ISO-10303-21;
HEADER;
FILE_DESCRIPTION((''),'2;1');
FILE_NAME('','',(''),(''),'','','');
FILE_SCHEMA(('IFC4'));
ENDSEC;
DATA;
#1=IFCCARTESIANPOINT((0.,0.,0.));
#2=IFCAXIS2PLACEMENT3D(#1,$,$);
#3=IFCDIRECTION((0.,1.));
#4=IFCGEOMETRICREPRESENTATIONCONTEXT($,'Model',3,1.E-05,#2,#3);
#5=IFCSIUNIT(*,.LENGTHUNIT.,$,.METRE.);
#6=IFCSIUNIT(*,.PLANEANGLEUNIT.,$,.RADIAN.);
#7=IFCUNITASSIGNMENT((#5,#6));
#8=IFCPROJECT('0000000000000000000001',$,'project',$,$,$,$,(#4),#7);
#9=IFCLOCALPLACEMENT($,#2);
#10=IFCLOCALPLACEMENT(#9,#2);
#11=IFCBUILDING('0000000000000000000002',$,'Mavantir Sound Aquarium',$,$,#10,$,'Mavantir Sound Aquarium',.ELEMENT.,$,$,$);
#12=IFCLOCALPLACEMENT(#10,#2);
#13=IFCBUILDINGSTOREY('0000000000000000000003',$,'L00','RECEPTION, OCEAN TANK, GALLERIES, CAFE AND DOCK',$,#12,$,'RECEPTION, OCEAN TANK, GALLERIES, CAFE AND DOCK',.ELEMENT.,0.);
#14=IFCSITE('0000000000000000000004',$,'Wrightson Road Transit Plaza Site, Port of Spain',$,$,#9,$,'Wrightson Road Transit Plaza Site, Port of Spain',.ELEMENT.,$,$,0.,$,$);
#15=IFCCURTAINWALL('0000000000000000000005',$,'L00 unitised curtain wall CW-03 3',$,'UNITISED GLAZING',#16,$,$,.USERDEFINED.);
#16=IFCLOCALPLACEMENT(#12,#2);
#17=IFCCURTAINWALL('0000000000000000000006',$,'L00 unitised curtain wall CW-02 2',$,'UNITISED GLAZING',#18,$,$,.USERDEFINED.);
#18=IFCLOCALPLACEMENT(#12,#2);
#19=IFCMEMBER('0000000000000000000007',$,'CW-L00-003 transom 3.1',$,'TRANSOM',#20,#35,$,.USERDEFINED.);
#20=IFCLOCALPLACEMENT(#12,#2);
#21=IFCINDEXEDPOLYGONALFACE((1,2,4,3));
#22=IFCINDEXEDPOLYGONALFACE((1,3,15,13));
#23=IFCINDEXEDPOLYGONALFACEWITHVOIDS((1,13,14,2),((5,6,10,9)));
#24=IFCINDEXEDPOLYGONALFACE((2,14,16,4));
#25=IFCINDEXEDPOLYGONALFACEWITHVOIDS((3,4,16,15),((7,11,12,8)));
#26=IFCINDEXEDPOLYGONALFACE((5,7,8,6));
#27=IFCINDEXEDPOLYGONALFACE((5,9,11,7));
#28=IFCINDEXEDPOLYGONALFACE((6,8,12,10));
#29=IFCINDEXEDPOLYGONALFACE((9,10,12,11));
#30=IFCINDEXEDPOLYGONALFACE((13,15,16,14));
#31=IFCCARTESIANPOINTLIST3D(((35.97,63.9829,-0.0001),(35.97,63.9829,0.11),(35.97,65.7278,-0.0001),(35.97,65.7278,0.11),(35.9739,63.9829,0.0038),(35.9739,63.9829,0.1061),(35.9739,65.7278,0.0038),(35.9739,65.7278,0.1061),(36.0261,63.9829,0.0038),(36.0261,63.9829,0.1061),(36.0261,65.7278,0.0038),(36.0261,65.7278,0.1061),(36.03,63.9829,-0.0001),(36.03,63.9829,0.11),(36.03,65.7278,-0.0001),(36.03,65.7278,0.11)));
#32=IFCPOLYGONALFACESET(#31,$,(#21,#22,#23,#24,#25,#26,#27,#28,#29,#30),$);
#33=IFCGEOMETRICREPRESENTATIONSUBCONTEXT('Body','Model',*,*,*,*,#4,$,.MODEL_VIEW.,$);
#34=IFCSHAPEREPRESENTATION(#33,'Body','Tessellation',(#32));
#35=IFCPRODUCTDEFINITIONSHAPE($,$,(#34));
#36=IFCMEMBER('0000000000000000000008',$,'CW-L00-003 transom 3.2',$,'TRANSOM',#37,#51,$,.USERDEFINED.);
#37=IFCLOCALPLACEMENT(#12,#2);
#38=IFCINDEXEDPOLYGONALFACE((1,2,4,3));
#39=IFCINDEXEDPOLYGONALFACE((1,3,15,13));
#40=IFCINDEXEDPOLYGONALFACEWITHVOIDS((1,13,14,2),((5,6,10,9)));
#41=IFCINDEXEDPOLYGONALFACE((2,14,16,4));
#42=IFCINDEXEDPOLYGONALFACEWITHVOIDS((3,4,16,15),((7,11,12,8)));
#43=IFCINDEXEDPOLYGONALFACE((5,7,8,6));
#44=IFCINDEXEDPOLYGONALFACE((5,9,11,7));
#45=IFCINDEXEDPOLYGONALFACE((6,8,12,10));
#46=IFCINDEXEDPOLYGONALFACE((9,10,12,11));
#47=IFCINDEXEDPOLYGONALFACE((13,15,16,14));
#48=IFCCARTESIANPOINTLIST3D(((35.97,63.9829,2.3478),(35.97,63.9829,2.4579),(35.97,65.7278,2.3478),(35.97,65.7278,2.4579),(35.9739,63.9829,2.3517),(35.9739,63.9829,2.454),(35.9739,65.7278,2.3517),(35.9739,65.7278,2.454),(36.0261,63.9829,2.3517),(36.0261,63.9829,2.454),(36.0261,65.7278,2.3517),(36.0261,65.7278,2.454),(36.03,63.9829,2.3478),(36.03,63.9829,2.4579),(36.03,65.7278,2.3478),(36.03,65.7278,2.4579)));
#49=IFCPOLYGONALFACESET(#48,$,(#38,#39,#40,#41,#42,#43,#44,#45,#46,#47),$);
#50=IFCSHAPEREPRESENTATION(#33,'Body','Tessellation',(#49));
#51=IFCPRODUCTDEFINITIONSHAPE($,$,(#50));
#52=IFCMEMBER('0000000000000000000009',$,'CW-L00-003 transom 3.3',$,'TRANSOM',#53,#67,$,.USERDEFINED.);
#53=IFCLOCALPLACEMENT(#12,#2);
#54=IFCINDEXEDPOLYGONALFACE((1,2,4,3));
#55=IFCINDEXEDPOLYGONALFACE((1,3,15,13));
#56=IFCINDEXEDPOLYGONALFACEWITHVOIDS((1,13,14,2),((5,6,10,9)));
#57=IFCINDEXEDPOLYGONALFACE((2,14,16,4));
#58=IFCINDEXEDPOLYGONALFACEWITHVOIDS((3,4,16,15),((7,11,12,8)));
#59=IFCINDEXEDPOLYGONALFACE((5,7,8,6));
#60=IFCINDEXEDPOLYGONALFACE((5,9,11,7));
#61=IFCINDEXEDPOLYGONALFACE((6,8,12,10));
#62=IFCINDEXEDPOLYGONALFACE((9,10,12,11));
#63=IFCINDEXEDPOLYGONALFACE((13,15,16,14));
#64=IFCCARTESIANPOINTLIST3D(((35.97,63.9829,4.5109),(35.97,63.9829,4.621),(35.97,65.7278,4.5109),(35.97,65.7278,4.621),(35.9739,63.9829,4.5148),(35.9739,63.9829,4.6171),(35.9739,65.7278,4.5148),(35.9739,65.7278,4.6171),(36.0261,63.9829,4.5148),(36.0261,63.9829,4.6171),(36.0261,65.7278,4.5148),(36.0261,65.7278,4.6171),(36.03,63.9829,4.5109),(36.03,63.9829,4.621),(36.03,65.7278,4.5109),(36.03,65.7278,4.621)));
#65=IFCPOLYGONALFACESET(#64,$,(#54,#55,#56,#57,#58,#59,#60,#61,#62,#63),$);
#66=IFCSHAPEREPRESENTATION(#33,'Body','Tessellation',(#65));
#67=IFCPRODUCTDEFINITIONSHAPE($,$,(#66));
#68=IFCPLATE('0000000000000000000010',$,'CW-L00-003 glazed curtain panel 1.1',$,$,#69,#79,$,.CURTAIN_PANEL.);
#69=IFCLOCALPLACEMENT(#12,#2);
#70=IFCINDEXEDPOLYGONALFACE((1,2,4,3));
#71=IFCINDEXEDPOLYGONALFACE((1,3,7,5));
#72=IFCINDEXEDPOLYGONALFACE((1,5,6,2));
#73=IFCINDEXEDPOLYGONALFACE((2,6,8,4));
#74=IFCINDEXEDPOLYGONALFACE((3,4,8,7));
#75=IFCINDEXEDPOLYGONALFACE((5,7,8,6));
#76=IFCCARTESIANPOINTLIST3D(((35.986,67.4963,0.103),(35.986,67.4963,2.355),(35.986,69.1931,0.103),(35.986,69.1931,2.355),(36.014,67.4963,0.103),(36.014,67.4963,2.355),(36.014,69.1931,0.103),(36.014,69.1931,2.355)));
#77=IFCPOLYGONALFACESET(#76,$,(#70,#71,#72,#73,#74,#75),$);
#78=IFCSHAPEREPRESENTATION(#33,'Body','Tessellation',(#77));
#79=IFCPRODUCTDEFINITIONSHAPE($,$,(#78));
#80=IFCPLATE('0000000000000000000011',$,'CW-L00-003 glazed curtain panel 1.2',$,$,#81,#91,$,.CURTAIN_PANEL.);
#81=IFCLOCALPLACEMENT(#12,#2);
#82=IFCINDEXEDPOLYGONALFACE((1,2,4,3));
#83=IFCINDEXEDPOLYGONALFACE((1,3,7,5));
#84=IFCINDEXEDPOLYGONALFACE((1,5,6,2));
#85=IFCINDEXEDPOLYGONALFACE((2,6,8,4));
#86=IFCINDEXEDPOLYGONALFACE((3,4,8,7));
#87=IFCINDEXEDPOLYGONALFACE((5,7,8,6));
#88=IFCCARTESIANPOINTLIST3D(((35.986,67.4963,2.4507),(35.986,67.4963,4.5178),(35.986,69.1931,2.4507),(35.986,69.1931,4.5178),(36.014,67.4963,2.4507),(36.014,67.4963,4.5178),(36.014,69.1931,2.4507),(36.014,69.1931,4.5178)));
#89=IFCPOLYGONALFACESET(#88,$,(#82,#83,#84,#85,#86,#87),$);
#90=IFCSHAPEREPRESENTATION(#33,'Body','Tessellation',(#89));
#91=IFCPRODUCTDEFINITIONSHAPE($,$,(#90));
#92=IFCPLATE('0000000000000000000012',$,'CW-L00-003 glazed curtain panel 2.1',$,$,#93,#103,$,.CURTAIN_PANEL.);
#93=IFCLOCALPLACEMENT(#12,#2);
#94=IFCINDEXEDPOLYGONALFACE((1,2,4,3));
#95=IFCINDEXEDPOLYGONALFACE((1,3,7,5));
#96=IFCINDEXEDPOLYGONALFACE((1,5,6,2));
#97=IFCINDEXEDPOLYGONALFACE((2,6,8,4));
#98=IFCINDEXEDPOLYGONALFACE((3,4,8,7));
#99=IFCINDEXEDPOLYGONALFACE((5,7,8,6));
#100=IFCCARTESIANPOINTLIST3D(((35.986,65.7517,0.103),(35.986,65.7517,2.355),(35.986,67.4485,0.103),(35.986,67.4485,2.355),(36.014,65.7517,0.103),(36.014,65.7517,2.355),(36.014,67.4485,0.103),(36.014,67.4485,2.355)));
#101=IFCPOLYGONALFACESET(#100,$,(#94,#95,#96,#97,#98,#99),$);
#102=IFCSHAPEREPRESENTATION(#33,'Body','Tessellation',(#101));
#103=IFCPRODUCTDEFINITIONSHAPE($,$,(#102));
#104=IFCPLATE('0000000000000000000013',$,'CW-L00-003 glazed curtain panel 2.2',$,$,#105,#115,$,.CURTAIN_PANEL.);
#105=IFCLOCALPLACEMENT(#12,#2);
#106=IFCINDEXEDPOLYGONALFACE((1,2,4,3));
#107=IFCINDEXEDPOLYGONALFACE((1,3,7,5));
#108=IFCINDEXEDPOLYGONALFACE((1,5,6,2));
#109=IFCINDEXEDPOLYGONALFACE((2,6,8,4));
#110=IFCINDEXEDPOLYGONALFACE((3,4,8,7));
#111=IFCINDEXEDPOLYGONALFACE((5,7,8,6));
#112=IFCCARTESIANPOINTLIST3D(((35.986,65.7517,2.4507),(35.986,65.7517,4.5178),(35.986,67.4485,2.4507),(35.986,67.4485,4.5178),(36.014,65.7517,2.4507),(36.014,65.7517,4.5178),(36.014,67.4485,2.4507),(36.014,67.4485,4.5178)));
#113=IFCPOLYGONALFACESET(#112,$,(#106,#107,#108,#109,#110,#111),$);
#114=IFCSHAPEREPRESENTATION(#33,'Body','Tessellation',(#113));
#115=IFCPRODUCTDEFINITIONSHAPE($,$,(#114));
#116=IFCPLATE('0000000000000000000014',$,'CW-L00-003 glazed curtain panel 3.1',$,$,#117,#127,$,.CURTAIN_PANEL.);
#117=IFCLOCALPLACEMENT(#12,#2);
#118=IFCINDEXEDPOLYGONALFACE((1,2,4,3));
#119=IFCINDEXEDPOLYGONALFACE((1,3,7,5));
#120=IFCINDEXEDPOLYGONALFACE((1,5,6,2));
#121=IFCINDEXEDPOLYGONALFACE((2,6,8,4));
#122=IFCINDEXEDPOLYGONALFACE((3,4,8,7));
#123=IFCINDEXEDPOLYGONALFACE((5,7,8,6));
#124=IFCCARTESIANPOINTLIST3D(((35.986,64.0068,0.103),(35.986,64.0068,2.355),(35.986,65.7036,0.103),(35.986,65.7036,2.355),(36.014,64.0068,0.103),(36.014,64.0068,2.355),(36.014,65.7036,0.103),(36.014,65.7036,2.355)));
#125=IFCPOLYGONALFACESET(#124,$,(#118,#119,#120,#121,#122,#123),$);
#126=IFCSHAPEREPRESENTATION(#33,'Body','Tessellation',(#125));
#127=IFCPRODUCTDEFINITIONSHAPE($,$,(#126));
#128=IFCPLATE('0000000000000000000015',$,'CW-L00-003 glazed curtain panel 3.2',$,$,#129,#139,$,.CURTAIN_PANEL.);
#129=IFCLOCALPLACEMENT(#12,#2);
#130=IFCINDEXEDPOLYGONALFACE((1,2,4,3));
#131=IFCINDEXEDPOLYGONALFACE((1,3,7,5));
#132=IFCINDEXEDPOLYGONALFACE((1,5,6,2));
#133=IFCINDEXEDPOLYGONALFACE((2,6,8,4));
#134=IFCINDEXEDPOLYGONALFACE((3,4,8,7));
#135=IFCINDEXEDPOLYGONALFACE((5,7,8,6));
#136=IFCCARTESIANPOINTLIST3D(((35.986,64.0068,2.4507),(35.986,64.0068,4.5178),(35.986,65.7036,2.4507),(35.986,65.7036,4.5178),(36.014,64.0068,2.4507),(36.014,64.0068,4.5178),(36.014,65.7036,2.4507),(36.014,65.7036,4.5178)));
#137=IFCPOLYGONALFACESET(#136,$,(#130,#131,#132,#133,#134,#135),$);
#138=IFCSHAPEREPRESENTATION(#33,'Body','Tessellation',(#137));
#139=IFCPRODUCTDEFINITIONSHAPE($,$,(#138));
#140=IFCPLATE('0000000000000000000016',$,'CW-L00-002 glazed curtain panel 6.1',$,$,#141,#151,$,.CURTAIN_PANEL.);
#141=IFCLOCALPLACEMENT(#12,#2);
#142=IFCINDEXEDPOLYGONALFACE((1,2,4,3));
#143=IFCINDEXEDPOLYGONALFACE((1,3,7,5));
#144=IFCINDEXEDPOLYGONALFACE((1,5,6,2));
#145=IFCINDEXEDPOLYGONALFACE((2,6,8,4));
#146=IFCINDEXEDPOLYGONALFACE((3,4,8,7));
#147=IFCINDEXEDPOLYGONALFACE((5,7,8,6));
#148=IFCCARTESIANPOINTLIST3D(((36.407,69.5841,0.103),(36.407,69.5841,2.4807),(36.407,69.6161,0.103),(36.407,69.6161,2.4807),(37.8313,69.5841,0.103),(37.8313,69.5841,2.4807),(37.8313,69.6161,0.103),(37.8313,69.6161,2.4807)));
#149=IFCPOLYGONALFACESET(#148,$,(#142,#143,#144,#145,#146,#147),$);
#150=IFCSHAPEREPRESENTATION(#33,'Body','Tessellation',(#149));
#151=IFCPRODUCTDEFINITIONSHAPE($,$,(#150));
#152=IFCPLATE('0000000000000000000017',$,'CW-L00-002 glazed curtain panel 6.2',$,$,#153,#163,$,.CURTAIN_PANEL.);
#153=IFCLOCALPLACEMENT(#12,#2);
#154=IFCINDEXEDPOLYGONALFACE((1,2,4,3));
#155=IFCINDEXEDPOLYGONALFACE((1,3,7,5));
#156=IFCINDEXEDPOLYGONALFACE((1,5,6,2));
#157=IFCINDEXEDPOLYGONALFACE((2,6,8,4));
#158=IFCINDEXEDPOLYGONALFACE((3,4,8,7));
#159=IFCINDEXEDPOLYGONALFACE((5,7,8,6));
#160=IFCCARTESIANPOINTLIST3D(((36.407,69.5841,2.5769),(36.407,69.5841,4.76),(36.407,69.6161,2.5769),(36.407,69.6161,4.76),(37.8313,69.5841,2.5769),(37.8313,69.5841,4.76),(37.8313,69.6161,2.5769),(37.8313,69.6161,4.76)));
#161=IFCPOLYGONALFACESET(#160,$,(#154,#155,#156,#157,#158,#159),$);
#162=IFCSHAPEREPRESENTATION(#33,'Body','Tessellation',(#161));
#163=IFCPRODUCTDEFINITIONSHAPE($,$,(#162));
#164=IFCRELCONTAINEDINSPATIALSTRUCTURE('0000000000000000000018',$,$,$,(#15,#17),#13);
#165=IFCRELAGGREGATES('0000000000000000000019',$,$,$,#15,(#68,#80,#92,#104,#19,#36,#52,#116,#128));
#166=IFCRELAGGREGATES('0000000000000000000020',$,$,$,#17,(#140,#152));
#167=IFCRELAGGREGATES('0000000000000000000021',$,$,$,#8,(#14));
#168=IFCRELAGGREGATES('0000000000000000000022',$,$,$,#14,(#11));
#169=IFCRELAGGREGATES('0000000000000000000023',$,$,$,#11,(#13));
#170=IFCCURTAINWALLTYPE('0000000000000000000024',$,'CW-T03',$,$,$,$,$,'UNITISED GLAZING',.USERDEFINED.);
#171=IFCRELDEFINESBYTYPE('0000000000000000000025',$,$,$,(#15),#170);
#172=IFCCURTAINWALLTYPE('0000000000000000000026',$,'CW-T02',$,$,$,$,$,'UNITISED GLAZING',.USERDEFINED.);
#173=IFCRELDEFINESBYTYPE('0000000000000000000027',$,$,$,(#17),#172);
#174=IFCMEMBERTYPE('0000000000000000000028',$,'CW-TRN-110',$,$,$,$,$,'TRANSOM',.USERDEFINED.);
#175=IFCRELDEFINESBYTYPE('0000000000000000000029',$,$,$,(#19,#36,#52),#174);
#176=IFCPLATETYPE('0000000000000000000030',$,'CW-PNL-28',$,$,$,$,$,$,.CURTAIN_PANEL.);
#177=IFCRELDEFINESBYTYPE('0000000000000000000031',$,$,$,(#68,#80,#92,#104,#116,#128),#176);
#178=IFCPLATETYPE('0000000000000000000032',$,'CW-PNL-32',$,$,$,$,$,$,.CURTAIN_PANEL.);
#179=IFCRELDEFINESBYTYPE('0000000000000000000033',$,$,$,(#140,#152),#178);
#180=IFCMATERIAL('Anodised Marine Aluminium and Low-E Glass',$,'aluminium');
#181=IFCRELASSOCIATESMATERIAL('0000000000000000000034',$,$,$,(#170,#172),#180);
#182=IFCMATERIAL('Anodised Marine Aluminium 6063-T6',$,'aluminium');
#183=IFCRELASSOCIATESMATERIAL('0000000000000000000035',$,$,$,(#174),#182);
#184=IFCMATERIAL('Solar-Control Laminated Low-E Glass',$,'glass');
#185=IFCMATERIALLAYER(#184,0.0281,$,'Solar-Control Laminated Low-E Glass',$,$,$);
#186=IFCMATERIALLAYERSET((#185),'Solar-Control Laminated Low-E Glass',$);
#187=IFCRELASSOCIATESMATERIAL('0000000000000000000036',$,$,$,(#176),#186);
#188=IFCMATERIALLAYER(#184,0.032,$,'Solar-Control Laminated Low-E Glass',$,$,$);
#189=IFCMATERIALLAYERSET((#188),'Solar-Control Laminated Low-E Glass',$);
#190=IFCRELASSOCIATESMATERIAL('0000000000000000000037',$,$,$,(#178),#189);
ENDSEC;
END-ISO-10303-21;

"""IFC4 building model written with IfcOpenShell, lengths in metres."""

from ifc_helpers import new_model, si_unit, direction, frame, origin, origin_2d, place, context, subcontext, project, spatial, rectangle, hollow_rectangle, extrude, material, layer, layer_set, material_profile, profile_set, type_object, element, aggregate, save


model = new_model("IFC4")

# Units and contexts
model_context = context("Model", 3, precision=1e-05, world=origin(), true_north=direction((0.0, 1.0)))
body_context = subcontext(model_context, "Body", "Model", "MODEL_VIEW")
ifc_project = project(units=[si_unit("LENGTHUNIT", "METRE"), si_unit("PLANEANGLEUNIT", "RADIAN")], contexts=[model_context])

# Site, building, storey
site_placement = place(None, origin())
site = spatial("IfcSite", under=ifc_project, at=site_placement, Name="Wrightson Road Transit Plaza Site, Port of Spain", LongName="Wrightson Road Transit Plaza Site, Port of Spain", CompositionType="ELEMENT", RefElevation=0.0)
building_placement = place(site_placement, origin())
building = spatial("IfcBuilding", under=site, at=building_placement, Name="Mavantir Sound Aquarium", LongName="Mavantir Sound Aquarium", CompositionType="ELEMENT")
storey_placement = place(building_placement, origin())
storey = spatial("IfcBuildingStorey", under=building, at=storey_placement, Name="L00", Description="RECEPTION, OCEAN TANK, GALLERIES, CAFE AND DOCK", LongName="RECEPTION, OCEAN TANK, GALLERIES, CAFE AND DOCK", CompositionType="ELEMENT", Elevation=0.0)

# Curtain walls
ifc_material_1 = material(Name="Anodised Marine Aluminium and Low-E Glass", Category="aluminium")
curtain_wall_type_1 = type_object("IfcCurtainWallType", Name="CW-T03", ElementType="UNITISED GLAZING", PredefinedType="USERDEFINED", material=ifc_material_1)
curtain_wall_1_placement = place(storey_placement, origin())
curtain_wall_1 = element("IfcCurtainWall", 1, at=curtain_wall_1_placement, inside=storey, type_object=curtain_wall_type_1, Name="L00 unitised curtain wall CW-03 3", ObjectType="UNITISED GLAZING", PredefinedType="USERDEFINED")
ifc_material_2 = material(Name="Anodised Marine Aluminium 6063-T6", Category="aluminium")
curtain_wall_type_2 = type_object("IfcCurtainWallType", Name="CW-T02", ElementType="UNITISED GLAZING", PredefinedType="USERDEFINED", material=ifc_material_1)
curtain_wall_2_placement = place(storey_placement, origin())
curtain_wall_2 = element("IfcCurtainWall", 2, at=curtain_wall_2_placement, inside=storey, type_object=curtain_wall_type_2, Name="L00 unitised curtain wall CW-02 2", ObjectType="UNITISED GLAZING", PredefinedType="USERDEFINED")

# Members
ifc_material_profile_1 = material_profile(ifc_material_2, hollow_rectangle(XDim=0.0601, YDim=0.1101, WallThickness=0.0039, at=origin_2d()), Name="ALU-TRANSOM-110X60")
ifc_profile_set_1 = profile_set([ifc_material_profile_1], Name="Anodised Marine Aluminium 6063-T6")
member_type_1 = type_object("IfcMemberType", Name="CW-TRN-110", ElementType="TRANSOM", PredefinedType="USERDEFINED", material=ifc_profile_set_1)
member_1_placement = place(storey_placement, frame((36.0, 65.7278, 0.0549), z_axis=(0.0, -1.0, 0.0), x_axis=(1.0, 0.0, 0.0)))
member_1 = element("IfcMember", 3, at=member_1_placement, type_object=member_type_1, Name="CW-L00-003 transom 3.1", ObjectType="TRANSOM", PredefinedType="USERDEFINED", context=body_context, shape_type="SweptSolid", body=[
    extrude(hollow_rectangle(XDim=0.0601, YDim=0.1101, WallThickness=0.0039, at=origin_2d()), origin(), (0.0, 0.0, 1.0), 1.7449),
])
member_2_placement = place(storey_placement, frame((36.0, 65.7278, 2.4028), z_axis=(0.0, -1.0, 0.0), x_axis=(1.0, 0.0, 0.0)))
member_2 = element("IfcMember", 4, at=member_2_placement, type_object=member_type_1, Name="CW-L00-003 transom 3.2", ObjectType="TRANSOM", PredefinedType="USERDEFINED", context=body_context, shape_type="SweptSolid", body=[
    extrude(hollow_rectangle(XDim=0.0601, YDim=0.1101, WallThickness=0.0039, at=origin_2d()), origin(), (0.0, 0.0, 1.0), 1.7449),
])
member_3_placement = place(storey_placement, frame((36.0, 65.7278, 4.5659), z_axis=(0.0, -1.0, 0.0), x_axis=(1.0, 0.0, 0.0)))
member_3 = element("IfcMember", 5, at=member_3_placement, type_object=member_type_1, Name="CW-L00-003 transom 3.3", ObjectType="TRANSOM", PredefinedType="USERDEFINED", context=body_context, shape_type="SweptSolid", body=[
    extrude(hollow_rectangle(XDim=0.0601, YDim=0.1101, WallThickness=0.0039, at=origin_2d()), origin(), (0.0, 0.0, 1.0), 1.7449),
])

# Plates
ifc_material_3 = material(Name="Solar-Control Laminated Low-E Glass", Category="glass")
ifc_layer_1 = layer(ifc_material_3, 0.0281, Name="Solar-Control Laminated Low-E Glass")
ifc_layer_set_1 = layer_set([ifc_layer_1], Name="Solar-Control Laminated Low-E Glass")
plate_type_1 = type_object("IfcPlateType", Name="CW-PNL-28", PredefinedType="CURTAIN_PANEL", material=ifc_layer_set_1)
plate_1_placement = place(storey_placement, frame((36.0, 68.3447, 0.103), z_axis=(0.0, 0.0, 1.0), x_axis=(0.0, -1.0, 0.0)))
plate_1 = element("IfcPlate", 6, at=plate_1_placement, type_object=plate_type_1, Name="CW-L00-003 glazed curtain panel 1.1", PredefinedType="CURTAIN_PANEL", context=body_context, shape_type="SweptSolid", body=[
    extrude(rectangle(XDim=1.6968, YDim=0.0281, at=origin_2d()), origin(), (0.0, 0.0, 1.0), 2.252),
])
plate_2_placement = place(storey_placement, frame((36.0, 68.3447, 2.4507), z_axis=(0.0, 0.0, 1.0), x_axis=(0.0, -1.0, 0.0)))
plate_2 = element("IfcPlate", 7, at=plate_2_placement, type_object=plate_type_1, Name="CW-L00-003 glazed curtain panel 1.2", PredefinedType="CURTAIN_PANEL", context=body_context, shape_type="SweptSolid", body=[
    extrude(rectangle(XDim=1.6968, YDim=0.0281, at=origin_2d()), origin(), (0.0, 0.0, 1.0), 2.0671),
])
plate_3_placement = place(storey_placement, frame((36.0, 66.6001, 0.103), z_axis=(0.0, 0.0, 1.0), x_axis=(0.0, -1.0, 0.0)))
plate_3 = element("IfcPlate", 8, at=plate_3_placement, type_object=plate_type_1, Name="CW-L00-003 glazed curtain panel 2.1", PredefinedType="CURTAIN_PANEL", context=body_context, shape_type="SweptSolid", body=[
    extrude(rectangle(XDim=1.6968, YDim=0.0281, at=origin_2d()), origin(), (0.0, 0.0, 1.0), 2.252),
])
plate_4_placement = place(storey_placement, frame((36.0, 66.6001, 2.4507), z_axis=(0.0, 0.0, 1.0), x_axis=(0.0, -1.0, 0.0)))
plate_4 = element("IfcPlate", 9, at=plate_4_placement, type_object=plate_type_1, Name="CW-L00-003 glazed curtain panel 2.2", PredefinedType="CURTAIN_PANEL", context=body_context, shape_type="SweptSolid", body=[
    extrude(rectangle(XDim=1.6968, YDim=0.0281, at=origin_2d()), origin(), (0.0, 0.0, 1.0), 2.0671),
])
plate_5_placement = place(storey_placement, frame((36.0, 64.8552, 0.103), z_axis=(0.0, 0.0, 1.0), x_axis=(0.0, -1.0, 0.0)))
plate_5 = element("IfcPlate", 10, at=plate_5_placement, type_object=plate_type_1, Name="CW-L00-003 glazed curtain panel 3.1", PredefinedType="CURTAIN_PANEL", context=body_context, shape_type="SweptSolid", body=[
    extrude(rectangle(XDim=1.6968, YDim=0.0281, at=origin_2d()), origin(), (0.0, 0.0, 1.0), 2.252),
])
plate_6_placement = place(storey_placement, frame((36.0, 64.8552, 2.4507), z_axis=(0.0, 0.0, 1.0), x_axis=(0.0, -1.0, 0.0)))
plate_6 = element("IfcPlate", 11, at=plate_6_placement, type_object=plate_type_1, Name="CW-L00-003 glazed curtain panel 3.2", PredefinedType="CURTAIN_PANEL", context=body_context, shape_type="SweptSolid", body=[
    extrude(rectangle(XDim=1.6968, YDim=0.0281, at=origin_2d()), origin(), (0.0, 0.0, 1.0), 2.0671),
])
aggregate(curtain_wall_1, [plate_1, plate_2, plate_3, plate_4, member_1, member_2, member_3, plate_5, plate_6])
ifc_layer_2 = layer(ifc_material_3, 0.032, Name="Solar-Control Laminated Low-E Glass")
ifc_layer_set_2 = layer_set([ifc_layer_2], Name="Solar-Control Laminated Low-E Glass")
plate_type_2 = type_object("IfcPlateType", Name="CW-PNL-32", PredefinedType="CURTAIN_PANEL", material=ifc_layer_set_2)
plate_7_placement = place(storey_placement, frame((37.1191, 69.6001, 0.103), z_axis=(0.0, 0.0, 1.0), x_axis=(-1.0, 0.0, 0.0)))
plate_7 = element("IfcPlate", 12, at=plate_7_placement, type_object=plate_type_2, Name="CW-L00-002 glazed curtain panel 6.1", PredefinedType="CURTAIN_PANEL", context=body_context, shape_type="SweptSolid", body=[
    extrude(rectangle(XDim=1.4243, YDim=0.032, at=origin_2d()), origin(), (0.0, 0.0, 1.0), 2.3777),
])
plate_8_placement = place(storey_placement, frame((37.1191, 69.6001, 2.5769), z_axis=(0.0, 0.0, 1.0), x_axis=(-1.0, 0.0, 0.0)))
plate_8 = element("IfcPlate", 13, at=plate_8_placement, type_object=plate_type_2, Name="CW-L00-002 glazed curtain panel 6.2", PredefinedType="CURTAIN_PANEL", context=body_context, shape_type="SweptSolid", body=[
    extrude(rectangle(XDim=1.4243, YDim=0.032, at=origin_2d()), origin(), (0.0, 0.0, 1.0), 2.1831),
])
aggregate(curtain_wall_2, [plate_7, plate_8])

save(model, "model.ifc")
